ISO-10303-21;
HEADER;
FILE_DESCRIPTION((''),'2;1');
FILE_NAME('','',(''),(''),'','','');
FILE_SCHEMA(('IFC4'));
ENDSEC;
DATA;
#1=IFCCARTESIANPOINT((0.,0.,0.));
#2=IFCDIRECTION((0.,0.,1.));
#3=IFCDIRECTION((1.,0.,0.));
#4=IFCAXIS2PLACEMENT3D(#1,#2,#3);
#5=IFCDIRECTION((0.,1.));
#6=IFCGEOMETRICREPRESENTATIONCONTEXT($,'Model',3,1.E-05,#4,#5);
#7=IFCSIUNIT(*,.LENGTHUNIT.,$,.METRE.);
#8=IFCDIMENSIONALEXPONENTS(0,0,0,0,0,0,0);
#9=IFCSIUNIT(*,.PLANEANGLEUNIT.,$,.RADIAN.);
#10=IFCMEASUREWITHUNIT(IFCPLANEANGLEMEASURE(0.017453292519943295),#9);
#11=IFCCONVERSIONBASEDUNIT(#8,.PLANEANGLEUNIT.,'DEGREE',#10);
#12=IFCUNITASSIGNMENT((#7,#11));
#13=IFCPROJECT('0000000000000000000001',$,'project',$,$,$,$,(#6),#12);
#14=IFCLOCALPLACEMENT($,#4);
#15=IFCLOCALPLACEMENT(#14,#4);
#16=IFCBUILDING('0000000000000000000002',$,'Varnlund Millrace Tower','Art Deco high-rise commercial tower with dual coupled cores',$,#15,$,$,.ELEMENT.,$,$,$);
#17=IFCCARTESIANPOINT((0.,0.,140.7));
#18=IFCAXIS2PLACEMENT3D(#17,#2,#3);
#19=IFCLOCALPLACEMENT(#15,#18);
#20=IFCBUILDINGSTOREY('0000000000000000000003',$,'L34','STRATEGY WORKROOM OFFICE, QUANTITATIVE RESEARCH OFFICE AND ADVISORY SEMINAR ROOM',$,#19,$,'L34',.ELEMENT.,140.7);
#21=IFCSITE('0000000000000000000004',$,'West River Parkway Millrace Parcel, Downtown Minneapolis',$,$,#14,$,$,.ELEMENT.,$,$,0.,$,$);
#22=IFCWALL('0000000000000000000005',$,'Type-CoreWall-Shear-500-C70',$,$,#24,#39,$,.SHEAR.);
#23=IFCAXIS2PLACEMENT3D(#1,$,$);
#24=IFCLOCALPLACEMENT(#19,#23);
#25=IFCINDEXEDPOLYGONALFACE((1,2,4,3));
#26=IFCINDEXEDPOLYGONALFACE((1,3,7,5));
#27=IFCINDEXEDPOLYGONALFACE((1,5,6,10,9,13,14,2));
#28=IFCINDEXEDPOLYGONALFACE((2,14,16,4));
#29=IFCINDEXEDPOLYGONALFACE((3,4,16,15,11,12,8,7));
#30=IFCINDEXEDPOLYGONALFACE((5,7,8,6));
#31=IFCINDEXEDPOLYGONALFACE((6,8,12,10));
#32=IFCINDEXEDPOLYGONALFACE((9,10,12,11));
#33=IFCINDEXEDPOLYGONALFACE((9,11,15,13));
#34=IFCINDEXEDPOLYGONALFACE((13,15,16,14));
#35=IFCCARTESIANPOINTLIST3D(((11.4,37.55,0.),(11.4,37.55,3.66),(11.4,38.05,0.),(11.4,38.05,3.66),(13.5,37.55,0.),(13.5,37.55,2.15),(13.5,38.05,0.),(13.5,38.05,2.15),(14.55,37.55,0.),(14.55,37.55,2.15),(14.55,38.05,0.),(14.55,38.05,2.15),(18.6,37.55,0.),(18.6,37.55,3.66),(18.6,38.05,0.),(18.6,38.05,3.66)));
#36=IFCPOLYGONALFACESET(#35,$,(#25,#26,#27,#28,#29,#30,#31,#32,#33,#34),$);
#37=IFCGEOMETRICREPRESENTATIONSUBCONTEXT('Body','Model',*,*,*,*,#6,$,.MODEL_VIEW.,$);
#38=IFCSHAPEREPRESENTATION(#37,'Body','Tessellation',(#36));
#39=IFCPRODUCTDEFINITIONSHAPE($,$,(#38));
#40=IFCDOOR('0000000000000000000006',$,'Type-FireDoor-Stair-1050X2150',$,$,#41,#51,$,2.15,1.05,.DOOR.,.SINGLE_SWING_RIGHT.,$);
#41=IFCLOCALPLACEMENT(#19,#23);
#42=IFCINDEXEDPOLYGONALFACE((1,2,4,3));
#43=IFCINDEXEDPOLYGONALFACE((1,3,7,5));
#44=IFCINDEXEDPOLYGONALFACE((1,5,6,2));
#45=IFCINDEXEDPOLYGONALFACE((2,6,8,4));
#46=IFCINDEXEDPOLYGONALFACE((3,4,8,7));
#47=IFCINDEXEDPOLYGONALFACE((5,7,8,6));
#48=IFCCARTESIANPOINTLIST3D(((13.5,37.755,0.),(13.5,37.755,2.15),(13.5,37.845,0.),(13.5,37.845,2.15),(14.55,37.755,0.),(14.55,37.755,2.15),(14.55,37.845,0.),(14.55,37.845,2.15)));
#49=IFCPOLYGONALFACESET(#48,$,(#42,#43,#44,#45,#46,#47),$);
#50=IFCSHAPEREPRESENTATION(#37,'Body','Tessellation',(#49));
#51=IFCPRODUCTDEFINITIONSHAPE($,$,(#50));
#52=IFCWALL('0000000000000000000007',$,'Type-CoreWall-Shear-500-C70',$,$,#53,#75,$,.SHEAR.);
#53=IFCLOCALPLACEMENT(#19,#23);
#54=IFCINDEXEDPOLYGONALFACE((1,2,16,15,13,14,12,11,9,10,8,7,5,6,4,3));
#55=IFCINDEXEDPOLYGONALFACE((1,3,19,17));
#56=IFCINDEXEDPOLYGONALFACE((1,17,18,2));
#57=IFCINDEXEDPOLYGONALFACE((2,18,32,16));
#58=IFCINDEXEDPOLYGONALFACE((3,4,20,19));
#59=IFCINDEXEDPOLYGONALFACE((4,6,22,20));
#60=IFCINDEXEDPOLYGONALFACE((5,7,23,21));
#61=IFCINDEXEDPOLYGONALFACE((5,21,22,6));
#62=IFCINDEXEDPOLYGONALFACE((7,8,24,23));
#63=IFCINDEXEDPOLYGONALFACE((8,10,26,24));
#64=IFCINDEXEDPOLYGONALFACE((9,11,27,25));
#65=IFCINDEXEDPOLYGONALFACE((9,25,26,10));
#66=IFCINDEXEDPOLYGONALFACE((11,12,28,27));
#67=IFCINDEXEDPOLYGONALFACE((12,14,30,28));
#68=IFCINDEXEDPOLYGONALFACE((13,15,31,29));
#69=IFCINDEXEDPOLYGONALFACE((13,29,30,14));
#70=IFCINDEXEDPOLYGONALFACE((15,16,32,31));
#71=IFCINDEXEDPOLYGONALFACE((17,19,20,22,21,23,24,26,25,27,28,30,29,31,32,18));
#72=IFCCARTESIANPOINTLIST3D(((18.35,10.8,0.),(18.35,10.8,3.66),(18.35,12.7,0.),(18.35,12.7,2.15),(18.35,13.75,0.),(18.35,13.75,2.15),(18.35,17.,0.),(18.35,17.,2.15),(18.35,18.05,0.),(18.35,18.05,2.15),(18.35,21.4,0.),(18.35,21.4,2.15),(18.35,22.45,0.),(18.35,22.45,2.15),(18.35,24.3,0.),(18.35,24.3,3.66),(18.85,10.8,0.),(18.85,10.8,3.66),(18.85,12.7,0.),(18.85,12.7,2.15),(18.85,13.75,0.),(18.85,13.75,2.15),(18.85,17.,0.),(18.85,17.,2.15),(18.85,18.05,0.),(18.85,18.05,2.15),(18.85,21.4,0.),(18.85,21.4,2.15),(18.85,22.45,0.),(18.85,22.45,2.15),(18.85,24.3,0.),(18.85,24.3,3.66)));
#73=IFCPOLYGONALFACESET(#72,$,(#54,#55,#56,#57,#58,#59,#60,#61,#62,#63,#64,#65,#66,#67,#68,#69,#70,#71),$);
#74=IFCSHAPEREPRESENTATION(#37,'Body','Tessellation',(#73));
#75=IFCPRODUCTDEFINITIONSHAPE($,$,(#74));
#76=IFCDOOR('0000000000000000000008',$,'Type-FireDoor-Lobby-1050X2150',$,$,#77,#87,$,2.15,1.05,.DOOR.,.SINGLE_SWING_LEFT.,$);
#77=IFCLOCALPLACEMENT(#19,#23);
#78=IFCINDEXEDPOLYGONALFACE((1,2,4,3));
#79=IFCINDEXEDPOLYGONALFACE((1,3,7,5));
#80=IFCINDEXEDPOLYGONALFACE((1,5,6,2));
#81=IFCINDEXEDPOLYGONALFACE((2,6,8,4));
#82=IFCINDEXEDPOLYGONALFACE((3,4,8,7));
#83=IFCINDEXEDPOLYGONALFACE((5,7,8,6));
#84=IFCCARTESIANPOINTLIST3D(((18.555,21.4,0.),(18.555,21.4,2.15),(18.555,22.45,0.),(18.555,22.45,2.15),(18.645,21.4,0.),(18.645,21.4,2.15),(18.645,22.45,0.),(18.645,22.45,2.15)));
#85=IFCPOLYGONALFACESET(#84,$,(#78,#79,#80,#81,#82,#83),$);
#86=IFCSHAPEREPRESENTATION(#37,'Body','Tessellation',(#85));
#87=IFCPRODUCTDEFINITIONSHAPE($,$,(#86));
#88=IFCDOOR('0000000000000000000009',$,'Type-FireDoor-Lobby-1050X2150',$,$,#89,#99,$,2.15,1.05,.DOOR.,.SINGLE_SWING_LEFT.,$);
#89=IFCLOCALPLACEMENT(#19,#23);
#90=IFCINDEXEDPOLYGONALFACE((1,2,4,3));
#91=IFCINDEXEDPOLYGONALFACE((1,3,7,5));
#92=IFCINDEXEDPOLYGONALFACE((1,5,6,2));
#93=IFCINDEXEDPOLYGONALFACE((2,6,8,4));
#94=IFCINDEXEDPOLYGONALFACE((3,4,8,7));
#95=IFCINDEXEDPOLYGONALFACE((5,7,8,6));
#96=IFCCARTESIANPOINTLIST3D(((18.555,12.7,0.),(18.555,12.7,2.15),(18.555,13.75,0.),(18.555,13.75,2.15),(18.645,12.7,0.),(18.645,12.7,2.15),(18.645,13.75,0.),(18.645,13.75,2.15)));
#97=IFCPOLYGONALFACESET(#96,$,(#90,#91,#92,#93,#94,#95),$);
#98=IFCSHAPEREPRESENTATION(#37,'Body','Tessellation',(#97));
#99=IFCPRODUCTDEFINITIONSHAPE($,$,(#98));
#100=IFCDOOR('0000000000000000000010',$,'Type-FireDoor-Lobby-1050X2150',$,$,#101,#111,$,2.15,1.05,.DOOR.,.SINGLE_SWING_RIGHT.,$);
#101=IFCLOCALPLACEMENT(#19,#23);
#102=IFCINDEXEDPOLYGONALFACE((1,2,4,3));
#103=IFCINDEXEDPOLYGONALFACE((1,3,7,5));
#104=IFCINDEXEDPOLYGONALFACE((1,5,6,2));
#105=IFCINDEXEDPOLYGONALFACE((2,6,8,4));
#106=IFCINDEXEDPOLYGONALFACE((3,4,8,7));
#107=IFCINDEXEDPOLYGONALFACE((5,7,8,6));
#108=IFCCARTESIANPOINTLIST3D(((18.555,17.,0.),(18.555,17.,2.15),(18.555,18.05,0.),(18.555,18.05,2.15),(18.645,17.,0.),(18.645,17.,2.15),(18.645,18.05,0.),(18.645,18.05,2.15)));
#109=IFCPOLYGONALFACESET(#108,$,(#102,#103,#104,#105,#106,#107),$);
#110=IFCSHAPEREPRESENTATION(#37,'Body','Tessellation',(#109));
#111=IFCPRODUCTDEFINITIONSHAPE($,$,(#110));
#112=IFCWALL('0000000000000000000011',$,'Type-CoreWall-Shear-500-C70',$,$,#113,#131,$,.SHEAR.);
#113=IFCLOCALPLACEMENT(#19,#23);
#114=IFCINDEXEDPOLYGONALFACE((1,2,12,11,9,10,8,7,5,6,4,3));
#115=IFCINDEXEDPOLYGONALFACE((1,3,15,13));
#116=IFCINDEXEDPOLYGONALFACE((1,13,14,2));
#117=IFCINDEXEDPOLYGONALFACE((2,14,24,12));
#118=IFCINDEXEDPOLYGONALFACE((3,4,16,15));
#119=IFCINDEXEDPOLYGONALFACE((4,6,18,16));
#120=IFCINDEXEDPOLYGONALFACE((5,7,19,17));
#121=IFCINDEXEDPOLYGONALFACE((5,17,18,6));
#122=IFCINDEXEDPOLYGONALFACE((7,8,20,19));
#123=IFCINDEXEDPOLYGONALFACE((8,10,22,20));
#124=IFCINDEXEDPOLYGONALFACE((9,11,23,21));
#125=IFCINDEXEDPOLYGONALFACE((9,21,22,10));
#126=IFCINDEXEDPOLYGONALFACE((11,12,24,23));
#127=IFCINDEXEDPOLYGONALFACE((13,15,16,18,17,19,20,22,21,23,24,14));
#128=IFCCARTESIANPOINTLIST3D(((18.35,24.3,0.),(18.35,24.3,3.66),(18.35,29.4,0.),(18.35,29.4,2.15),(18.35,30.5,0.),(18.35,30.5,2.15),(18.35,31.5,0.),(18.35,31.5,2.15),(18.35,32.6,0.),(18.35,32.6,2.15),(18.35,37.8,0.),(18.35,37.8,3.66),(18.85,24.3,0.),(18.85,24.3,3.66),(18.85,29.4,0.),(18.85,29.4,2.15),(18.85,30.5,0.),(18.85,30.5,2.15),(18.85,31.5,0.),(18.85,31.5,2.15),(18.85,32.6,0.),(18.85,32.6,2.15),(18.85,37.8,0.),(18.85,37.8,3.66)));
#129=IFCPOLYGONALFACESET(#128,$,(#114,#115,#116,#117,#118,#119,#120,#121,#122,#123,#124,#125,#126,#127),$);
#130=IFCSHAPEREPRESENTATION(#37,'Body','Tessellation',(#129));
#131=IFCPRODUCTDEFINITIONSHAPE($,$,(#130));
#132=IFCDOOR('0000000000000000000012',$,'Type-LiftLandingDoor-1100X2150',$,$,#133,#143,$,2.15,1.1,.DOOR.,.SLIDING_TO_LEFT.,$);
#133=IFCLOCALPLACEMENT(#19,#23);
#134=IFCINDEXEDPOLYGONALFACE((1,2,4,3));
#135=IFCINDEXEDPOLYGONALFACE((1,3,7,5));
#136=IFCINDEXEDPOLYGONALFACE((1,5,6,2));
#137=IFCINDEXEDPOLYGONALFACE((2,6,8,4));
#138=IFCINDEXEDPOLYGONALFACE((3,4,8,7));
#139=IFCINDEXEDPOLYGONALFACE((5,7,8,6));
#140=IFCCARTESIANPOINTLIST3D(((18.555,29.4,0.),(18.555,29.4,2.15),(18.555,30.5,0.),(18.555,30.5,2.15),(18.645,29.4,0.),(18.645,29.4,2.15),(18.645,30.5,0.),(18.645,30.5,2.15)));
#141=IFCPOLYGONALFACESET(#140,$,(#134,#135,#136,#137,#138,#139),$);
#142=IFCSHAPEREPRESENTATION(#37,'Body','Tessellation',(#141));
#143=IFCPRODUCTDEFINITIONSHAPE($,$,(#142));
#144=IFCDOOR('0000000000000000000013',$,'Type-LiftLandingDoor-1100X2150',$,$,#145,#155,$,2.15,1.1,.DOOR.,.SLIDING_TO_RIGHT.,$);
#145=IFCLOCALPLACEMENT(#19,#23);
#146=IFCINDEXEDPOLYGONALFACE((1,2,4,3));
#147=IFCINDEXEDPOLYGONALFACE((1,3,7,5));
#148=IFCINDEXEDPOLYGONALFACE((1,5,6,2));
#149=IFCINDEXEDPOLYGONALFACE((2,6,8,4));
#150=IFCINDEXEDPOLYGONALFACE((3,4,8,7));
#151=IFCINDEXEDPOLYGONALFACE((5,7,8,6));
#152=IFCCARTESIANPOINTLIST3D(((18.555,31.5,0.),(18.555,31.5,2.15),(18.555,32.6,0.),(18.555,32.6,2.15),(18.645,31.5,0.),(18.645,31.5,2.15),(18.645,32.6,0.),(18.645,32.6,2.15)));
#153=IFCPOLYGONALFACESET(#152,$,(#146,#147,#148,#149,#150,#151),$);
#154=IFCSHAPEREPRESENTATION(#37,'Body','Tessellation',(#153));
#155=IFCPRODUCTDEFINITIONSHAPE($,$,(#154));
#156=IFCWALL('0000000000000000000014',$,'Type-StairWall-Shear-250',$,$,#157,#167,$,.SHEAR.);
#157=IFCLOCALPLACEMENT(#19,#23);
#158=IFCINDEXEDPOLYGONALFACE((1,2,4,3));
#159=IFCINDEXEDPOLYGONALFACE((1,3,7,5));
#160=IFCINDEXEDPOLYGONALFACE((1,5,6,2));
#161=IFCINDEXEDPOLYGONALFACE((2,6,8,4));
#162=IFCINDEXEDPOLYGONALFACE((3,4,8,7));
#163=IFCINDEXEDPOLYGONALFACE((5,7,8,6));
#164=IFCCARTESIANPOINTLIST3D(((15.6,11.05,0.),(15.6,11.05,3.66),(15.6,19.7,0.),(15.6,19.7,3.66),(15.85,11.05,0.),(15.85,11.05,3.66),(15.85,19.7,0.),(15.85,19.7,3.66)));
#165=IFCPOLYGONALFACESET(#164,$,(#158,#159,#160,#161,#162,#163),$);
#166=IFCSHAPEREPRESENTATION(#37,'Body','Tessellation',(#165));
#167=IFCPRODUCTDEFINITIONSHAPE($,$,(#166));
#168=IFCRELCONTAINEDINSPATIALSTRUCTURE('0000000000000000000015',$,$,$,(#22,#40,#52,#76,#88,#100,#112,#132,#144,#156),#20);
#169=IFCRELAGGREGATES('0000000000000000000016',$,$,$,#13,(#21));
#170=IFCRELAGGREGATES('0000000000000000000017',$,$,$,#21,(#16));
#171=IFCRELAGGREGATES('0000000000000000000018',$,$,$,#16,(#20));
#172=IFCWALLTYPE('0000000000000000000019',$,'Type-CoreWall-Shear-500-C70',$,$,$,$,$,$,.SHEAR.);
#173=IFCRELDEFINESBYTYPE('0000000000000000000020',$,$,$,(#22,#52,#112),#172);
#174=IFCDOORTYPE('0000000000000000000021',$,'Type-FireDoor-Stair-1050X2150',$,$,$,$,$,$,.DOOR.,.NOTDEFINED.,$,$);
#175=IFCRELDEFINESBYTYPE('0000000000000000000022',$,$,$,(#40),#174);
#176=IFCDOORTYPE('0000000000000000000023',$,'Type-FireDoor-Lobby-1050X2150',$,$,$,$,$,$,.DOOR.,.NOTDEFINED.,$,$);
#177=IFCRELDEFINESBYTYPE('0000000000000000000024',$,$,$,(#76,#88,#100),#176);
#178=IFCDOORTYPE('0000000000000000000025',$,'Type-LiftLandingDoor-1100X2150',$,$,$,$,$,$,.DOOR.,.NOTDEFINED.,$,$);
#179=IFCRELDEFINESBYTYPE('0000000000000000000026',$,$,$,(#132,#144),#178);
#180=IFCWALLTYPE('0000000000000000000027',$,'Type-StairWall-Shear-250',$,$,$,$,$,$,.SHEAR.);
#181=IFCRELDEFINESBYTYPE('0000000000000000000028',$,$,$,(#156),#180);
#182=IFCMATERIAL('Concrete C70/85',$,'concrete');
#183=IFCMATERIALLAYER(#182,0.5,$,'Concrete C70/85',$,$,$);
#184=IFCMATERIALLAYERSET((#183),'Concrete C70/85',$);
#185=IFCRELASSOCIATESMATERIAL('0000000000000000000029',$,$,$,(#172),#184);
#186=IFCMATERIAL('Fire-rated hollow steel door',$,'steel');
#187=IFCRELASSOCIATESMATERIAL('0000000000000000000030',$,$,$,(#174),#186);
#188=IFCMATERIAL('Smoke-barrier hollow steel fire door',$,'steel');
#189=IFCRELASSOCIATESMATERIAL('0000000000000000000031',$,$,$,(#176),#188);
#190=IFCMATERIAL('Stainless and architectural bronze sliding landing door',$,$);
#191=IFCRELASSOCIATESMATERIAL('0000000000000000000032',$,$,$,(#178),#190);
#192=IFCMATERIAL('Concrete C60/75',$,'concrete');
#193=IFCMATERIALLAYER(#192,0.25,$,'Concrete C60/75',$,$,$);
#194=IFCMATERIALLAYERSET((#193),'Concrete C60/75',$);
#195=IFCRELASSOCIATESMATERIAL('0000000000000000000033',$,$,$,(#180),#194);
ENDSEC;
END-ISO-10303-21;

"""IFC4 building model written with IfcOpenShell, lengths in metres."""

from ifc_helpers import new_model, entity, si_unit, converted_unit, direction, frame, origin_with_axes, origin_2d_with_axis, place, context, subcontext, project, spatial, polyline, rectangle, outline, extrude, material, layer, layer_set, type_object, element, fill, save


model = new_model("IFC4")

# Units and contexts
model_context = context("Model", 3, precision=1e-05, world=origin_with_axes(), true_north=direction((0.0, 1.0)))
body_context = subcontext(model_context, "Body", "Model", "MODEL_VIEW")
ifc_project = project(units=[si_unit("LENGTHUNIT", "METRE"), converted_unit("PLANEANGLEUNIT", "DEGREE", entity("IfcPlaneAngleMeasure", 0.017453292519943295), si_unit("PLANEANGLEUNIT", "RADIAN"), dimensions=[0, 0, 0, 0, 0, 0, 0])], contexts=[model_context])

# Site, building, storey
site_placement = place(None, origin_with_axes())
site = spatial("IfcSite", under=ifc_project, at=site_placement, Name="West River Parkway Millrace Parcel, Downtown Minneapolis", CompositionType="ELEMENT", RefElevation=0.0)
building_placement = place(site_placement, origin_with_axes())
building = spatial("IfcBuilding", under=site, at=building_placement, Name="Varnlund Millrace Tower", Description="Art Deco high-rise commercial tower with dual coupled cores", CompositionType="ELEMENT")
storey_placement = place(building_placement, frame((0.0, 0.0, 140.7), z_axis=(0.0, 0.0, 1.0), x_axis=(1.0, 0.0, 0.0)))
storey = spatial("IfcBuildingStorey", under=building, at=storey_placement, Name="L34", Description="STRATEGY WORKROOM OFFICE, QUANTITATIVE RESEARCH OFFICE AND ADVISORY SEMINAR ROOM", LongName="L34", CompositionType="ELEMENT", Elevation=140.7)

# Shared definitions
ifc_material_1 = material(Name="Concrete C60/75", Category="concrete")

# Shared definitions
ifc_material_2 = material(Name="Concrete C70/85", Category="concrete")
ifc_layer_1 = layer(ifc_material_2, 0.5, Name="Concrete C70/85")
ifc_layer_set_1 = layer_set([ifc_layer_1], Name="Concrete C70/85")
wall_type_1 = type_object("IfcWallType", Name="Type-CoreWall-Shear-500-C70", PredefinedType="SHEAR", material=ifc_layer_set_1)

# Wall, opening, door
ifc_material_3 = material(Name="Fire-rated hollow steel door", Category="steel")
door_type_1 = type_object("IfcDoorType", Name="Type-FireDoor-Stair-1050X2150", OperationType="NOTDEFINED", PredefinedType="DOOR", material=ifc_material_3)
wall_1_placement = place(storey_placement, frame((11.4, 37.8, 0.0), z_axis=(0.0, 0.0, 1.0), x_axis=(1.0, 0.0, 0.0)))
wall_1 = element("IfcWall", 1, at=wall_1_placement, inside=storey, type_object=wall_type_1, Name="Type-CoreWall-Shear-500-C70", PredefinedType="SHEAR", context=body_context, shape_type="SweptSolid", body=[
    extrude(outline(polyline([(0.0, -0.25), (7.2, -0.25), (7.2, 0.25), (0.0, 0.25), (0.0, -0.25)])), origin_with_axes(), (0.0, 0.0, 1.0), 3.66),
])
opening_1_placement = place(wall_1_placement, frame((2.625, 0.0, 0.0), z_axis=(0.0, 0.0, 1.0), x_axis=(1.0, 0.0, 0.0)))
opening_1 = element("IfcOpeningElement", 2, at=opening_1_placement, cuts=wall_1, PredefinedType="OPENING", context=body_context, shape_type="SweptSolid", body=[
    extrude(rectangle(XDim=1.05, YDim=0.52, at=origin_2d_with_axis()), origin_with_axes(), (0.0, 0.0, 1.0), 2.15),
])
door_1_placement = place(wall_1_placement, frame((2.625, 0.0, 0.0), z_axis=(0.0, 0.0, 1.0), x_axis=(1.0, 0.0, 0.0)))
door_1 = element("IfcDoor", 3, at=door_1_placement, inside=storey, type_object=door_type_1, Name="Type-FireDoor-Stair-1050X2150", OperationType="SINGLE_SWING_RIGHT", OverallHeight=2.15, OverallWidth=1.05, PredefinedType="DOOR", context=body_context, shape_type="SweptSolid", body=[
    extrude(rectangle(XDim=1.05, YDim=0.09, at=origin_2d_with_axis()), origin_with_axes(), (0.0, 0.0, 1.0), 2.15),
])
fill(opening_1, door_1)

# Walls, openings, doors
wall_2_placement = place(storey_placement, frame((18.6, 10.8, 0.0), z_axis=(0.0, 0.0, 1.0), x_axis=(0.0, 1.0, 0.0)))
wall_2 = element("IfcWall", 4, at=wall_2_placement, inside=storey, type_object=wall_type_1, Name="Type-CoreWall-Shear-500-C70", PredefinedType="SHEAR", context=body_context, shape_type="SweptSolid", body=[
    extrude(outline(polyline([(0.0, -0.25), (13.5, -0.25), (13.5, 0.25), (0.0, 0.25), (0.0, -0.25)])), origin_with_axes(), (0.0, 0.0, 1.0), 3.66),
])
opening_2_placement = place(wall_2_placement, frame((11.125, 0.0, 0.0), z_axis=(0.0, 0.0, 1.0), x_axis=(1.0, 0.0, 0.0)))
opening_2 = element("IfcOpeningElement", 5, at=opening_2_placement, cuts=wall_2, PredefinedType="OPENING", context=body_context, shape_type="SweptSolid", body=[
    extrude(rectangle(XDim=1.05, YDim=0.52, at=origin_2d_with_axis()), origin_with_axes(), (0.0, 0.0, 1.0), 2.15),
])
opening_3_placement = place(wall_2_placement, frame((2.425, 0.0, 0.0), z_axis=(0.0, 0.0, 1.0), x_axis=(1.0, 0.0, 0.0)))
opening_3 = element("IfcOpeningElement", 6, at=opening_3_placement, cuts=wall_2, PredefinedType="OPENING", context=body_context, shape_type="SweptSolid", body=[
    extrude(rectangle(XDim=1.05, YDim=0.52, at=origin_2d_with_axis()), origin_with_axes(), (0.0, 0.0, 1.0), 2.15),
])
opening_4_placement = place(wall_2_placement, frame((6.725, 0.0, 0.0), z_axis=(0.0, 0.0, 1.0), x_axis=(1.0, 0.0, 0.0)))
opening_4 = element("IfcOpeningElement", 7, at=opening_4_placement, cuts=wall_2, PredefinedType="OPENING", context=body_context, shape_type="SweptSolid", body=[
    extrude(rectangle(XDim=1.05, YDim=0.52, at=origin_2d_with_axis()), origin_with_axes(), (0.0, 0.0, 1.0), 2.15),
])
ifc_material_4 = material(Name="Smoke-barrier hollow steel fire door", Category="steel")
door_type_2 = type_object("IfcDoorType", Name="Type-FireDoor-Lobby-1050X2150", OperationType="NOTDEFINED", PredefinedType="DOOR", material=ifc_material_4)
door_2_placement = place(wall_2_placement, frame((11.125, 0.0, 0.0), z_axis=(0.0, 0.0, 1.0), x_axis=(1.0, 0.0, 0.0)))
door_2 = element("IfcDoor", 8, at=door_2_placement, inside=storey, type_object=door_type_2, Name="Type-FireDoor-Lobby-1050X2150", OperationType="SINGLE_SWING_LEFT", OverallHeight=2.15, OverallWidth=1.05, PredefinedType="DOOR", context=body_context, shape_type="SweptSolid", body=[
    extrude(rectangle(XDim=1.05, YDim=0.09, at=origin_2d_with_axis()), origin_with_axes(), (0.0, 0.0, 1.0), 2.15),
])
fill(opening_2, door_2)
door_3_placement = place(wall_2_placement, frame((2.425, 0.0, 0.0), z_axis=(0.0, 0.0, 1.0), x_axis=(1.0, 0.0, 0.0)))
door_3 = element("IfcDoor", 9, at=door_3_placement, inside=storey, type_object=door_type_2, Name="Type-FireDoor-Lobby-1050X2150", OperationType="SINGLE_SWING_LEFT", OverallHeight=2.15, OverallWidth=1.05, PredefinedType="DOOR", context=body_context, shape_type="SweptSolid", body=[
    extrude(rectangle(XDim=1.05, YDim=0.09, at=origin_2d_with_axis()), origin_with_axes(), (0.0, 0.0, 1.0), 2.15),
])
fill(opening_3, door_3)
door_4_placement = place(wall_2_placement, frame((6.725, 0.0, 0.0), z_axis=(0.0, 0.0, 1.0), x_axis=(1.0, 0.0, 0.0)))
door_4 = element("IfcDoor", 10, at=door_4_placement, inside=storey, type_object=door_type_2, Name="Type-FireDoor-Lobby-1050X2150", OperationType="SINGLE_SWING_RIGHT", OverallHeight=2.15, OverallWidth=1.05, PredefinedType="DOOR", context=body_context, shape_type="SweptSolid", body=[
    extrude(rectangle(XDim=1.05, YDim=0.09, at=origin_2d_with_axis()), origin_with_axes(), (0.0, 0.0, 1.0), 2.15),
])
fill(opening_4, door_4)
wall_3_placement = place(storey_placement, frame((18.6, 24.3, 0.0), z_axis=(0.0, 0.0, 1.0), x_axis=(0.0, 1.0, 0.0)))
wall_3 = element("IfcWall", 11, at=wall_3_placement, inside=storey, type_object=wall_type_1, Name="Type-CoreWall-Shear-500-C70", PredefinedType="SHEAR", context=body_context, shape_type="SweptSolid", body=[
    extrude(outline(polyline([(0.0, -0.25), (13.5, -0.25), (13.5, 0.25), (0.0, 0.25), (0.0, -0.25)])), origin_with_axes(), (0.0, 0.0, 1.0), 3.66),
])
opening_5_placement = place(wall_3_placement, frame((5.65, 0.0, 0.0), z_axis=(0.0, 0.0, 1.0), x_axis=(1.0, 0.0, 0.0)))
opening_5 = element("IfcOpeningElement", 12, at=opening_5_placement, cuts=wall_3, PredefinedType="OPENING", context=body_context, shape_type="SweptSolid", body=[
    extrude(rectangle(XDim=1.1, YDim=0.52, at=origin_2d_with_axis()), origin_with_axes(), (0.0, 0.0, 1.0), 2.15),
])
opening_6_placement = place(wall_3_placement, frame((7.75, 0.0, 0.0), z_axis=(0.0, 0.0, 1.0), x_axis=(1.0, 0.0, 0.0)))
opening_6 = element("IfcOpeningElement", 13, at=opening_6_placement, cuts=wall_3, PredefinedType="OPENING", context=body_context, shape_type="SweptSolid", body=[
    extrude(rectangle(XDim=1.1, YDim=0.52, at=origin_2d_with_axis()), origin_with_axes(), (0.0, 0.0, 1.0), 2.15),
])
ifc_material_5 = material(Name="Stainless and architectural bronze sliding landing door")
door_type_3 = type_object("IfcDoorType", Name="Type-LiftLandingDoor-1100X2150", OperationType="NOTDEFINED", PredefinedType="DOOR", material=ifc_material_5)
door_5_placement = place(wall_3_placement, frame((5.65, 0.0, 0.0), z_axis=(0.0, 0.0, 1.0), x_axis=(1.0, 0.0, 0.0)))
door_5 = element("IfcDoor", 14, at=door_5_placement, inside=storey, type_object=door_type_3, Name="Type-LiftLandingDoor-1100X2150", OperationType="SLIDING_TO_LEFT", OverallHeight=2.15, OverallWidth=1.1, PredefinedType="DOOR", context=body_context, shape_type="SweptSolid", body=[
    extrude(rectangle(XDim=1.1, YDim=0.09, at=origin_2d_with_axis()), origin_with_axes(), (0.0, 0.0, 1.0), 2.15),
])
fill(opening_5, door_5)
door_6_placement = place(wall_3_placement, frame((7.75, 0.0, 0.0), z_axis=(0.0, 0.0, 1.0), x_axis=(1.0, 0.0, 0.0)))
door_6 = element("IfcDoor", 15, at=door_6_placement, inside=storey, type_object=door_type_3, Name="Type-LiftLandingDoor-1100X2150", OperationType="SLIDING_TO_RIGHT", OverallHeight=2.15, OverallWidth=1.1, PredefinedType="DOOR", context=body_context, shape_type="SweptSolid", body=[
    extrude(rectangle(XDim=1.1, YDim=0.09, at=origin_2d_with_axis()), origin_with_axes(), (0.0, 0.0, 1.0), 2.15),
])
fill(opening_6, door_6)

# Wall
ifc_layer_2 = layer(ifc_material_1, 0.25, Name="Concrete C60/75")
ifc_layer_set_2 = layer_set([ifc_layer_2], Name="Concrete C60/75")
wall_type_2 = type_object("IfcWallType", Name="Type-StairWall-Shear-250", PredefinedType="SHEAR", material=ifc_layer_set_2)
wall_4_placement = place(storey_placement, frame((15.725, 11.05, 0.0), z_axis=(0.0, 0.0, 1.0), x_axis=(0.0, 1.0, 0.0)))
element("IfcWall", 16, at=wall_4_placement, inside=storey, type_object=wall_type_2, Name="Type-StairWall-Shear-250", PredefinedType="SHEAR", context=body_context, shape_type="SweptSolid", body=[
    extrude(outline(polyline([(0.0, -0.125), (8.65, -0.125), (8.65, 0.125), (0.0, 0.125), (0.0, -0.125)])), origin_with_axes(), (0.0, 0.0, 1.0), 3.66),
])

save(model, "model.ifc")
